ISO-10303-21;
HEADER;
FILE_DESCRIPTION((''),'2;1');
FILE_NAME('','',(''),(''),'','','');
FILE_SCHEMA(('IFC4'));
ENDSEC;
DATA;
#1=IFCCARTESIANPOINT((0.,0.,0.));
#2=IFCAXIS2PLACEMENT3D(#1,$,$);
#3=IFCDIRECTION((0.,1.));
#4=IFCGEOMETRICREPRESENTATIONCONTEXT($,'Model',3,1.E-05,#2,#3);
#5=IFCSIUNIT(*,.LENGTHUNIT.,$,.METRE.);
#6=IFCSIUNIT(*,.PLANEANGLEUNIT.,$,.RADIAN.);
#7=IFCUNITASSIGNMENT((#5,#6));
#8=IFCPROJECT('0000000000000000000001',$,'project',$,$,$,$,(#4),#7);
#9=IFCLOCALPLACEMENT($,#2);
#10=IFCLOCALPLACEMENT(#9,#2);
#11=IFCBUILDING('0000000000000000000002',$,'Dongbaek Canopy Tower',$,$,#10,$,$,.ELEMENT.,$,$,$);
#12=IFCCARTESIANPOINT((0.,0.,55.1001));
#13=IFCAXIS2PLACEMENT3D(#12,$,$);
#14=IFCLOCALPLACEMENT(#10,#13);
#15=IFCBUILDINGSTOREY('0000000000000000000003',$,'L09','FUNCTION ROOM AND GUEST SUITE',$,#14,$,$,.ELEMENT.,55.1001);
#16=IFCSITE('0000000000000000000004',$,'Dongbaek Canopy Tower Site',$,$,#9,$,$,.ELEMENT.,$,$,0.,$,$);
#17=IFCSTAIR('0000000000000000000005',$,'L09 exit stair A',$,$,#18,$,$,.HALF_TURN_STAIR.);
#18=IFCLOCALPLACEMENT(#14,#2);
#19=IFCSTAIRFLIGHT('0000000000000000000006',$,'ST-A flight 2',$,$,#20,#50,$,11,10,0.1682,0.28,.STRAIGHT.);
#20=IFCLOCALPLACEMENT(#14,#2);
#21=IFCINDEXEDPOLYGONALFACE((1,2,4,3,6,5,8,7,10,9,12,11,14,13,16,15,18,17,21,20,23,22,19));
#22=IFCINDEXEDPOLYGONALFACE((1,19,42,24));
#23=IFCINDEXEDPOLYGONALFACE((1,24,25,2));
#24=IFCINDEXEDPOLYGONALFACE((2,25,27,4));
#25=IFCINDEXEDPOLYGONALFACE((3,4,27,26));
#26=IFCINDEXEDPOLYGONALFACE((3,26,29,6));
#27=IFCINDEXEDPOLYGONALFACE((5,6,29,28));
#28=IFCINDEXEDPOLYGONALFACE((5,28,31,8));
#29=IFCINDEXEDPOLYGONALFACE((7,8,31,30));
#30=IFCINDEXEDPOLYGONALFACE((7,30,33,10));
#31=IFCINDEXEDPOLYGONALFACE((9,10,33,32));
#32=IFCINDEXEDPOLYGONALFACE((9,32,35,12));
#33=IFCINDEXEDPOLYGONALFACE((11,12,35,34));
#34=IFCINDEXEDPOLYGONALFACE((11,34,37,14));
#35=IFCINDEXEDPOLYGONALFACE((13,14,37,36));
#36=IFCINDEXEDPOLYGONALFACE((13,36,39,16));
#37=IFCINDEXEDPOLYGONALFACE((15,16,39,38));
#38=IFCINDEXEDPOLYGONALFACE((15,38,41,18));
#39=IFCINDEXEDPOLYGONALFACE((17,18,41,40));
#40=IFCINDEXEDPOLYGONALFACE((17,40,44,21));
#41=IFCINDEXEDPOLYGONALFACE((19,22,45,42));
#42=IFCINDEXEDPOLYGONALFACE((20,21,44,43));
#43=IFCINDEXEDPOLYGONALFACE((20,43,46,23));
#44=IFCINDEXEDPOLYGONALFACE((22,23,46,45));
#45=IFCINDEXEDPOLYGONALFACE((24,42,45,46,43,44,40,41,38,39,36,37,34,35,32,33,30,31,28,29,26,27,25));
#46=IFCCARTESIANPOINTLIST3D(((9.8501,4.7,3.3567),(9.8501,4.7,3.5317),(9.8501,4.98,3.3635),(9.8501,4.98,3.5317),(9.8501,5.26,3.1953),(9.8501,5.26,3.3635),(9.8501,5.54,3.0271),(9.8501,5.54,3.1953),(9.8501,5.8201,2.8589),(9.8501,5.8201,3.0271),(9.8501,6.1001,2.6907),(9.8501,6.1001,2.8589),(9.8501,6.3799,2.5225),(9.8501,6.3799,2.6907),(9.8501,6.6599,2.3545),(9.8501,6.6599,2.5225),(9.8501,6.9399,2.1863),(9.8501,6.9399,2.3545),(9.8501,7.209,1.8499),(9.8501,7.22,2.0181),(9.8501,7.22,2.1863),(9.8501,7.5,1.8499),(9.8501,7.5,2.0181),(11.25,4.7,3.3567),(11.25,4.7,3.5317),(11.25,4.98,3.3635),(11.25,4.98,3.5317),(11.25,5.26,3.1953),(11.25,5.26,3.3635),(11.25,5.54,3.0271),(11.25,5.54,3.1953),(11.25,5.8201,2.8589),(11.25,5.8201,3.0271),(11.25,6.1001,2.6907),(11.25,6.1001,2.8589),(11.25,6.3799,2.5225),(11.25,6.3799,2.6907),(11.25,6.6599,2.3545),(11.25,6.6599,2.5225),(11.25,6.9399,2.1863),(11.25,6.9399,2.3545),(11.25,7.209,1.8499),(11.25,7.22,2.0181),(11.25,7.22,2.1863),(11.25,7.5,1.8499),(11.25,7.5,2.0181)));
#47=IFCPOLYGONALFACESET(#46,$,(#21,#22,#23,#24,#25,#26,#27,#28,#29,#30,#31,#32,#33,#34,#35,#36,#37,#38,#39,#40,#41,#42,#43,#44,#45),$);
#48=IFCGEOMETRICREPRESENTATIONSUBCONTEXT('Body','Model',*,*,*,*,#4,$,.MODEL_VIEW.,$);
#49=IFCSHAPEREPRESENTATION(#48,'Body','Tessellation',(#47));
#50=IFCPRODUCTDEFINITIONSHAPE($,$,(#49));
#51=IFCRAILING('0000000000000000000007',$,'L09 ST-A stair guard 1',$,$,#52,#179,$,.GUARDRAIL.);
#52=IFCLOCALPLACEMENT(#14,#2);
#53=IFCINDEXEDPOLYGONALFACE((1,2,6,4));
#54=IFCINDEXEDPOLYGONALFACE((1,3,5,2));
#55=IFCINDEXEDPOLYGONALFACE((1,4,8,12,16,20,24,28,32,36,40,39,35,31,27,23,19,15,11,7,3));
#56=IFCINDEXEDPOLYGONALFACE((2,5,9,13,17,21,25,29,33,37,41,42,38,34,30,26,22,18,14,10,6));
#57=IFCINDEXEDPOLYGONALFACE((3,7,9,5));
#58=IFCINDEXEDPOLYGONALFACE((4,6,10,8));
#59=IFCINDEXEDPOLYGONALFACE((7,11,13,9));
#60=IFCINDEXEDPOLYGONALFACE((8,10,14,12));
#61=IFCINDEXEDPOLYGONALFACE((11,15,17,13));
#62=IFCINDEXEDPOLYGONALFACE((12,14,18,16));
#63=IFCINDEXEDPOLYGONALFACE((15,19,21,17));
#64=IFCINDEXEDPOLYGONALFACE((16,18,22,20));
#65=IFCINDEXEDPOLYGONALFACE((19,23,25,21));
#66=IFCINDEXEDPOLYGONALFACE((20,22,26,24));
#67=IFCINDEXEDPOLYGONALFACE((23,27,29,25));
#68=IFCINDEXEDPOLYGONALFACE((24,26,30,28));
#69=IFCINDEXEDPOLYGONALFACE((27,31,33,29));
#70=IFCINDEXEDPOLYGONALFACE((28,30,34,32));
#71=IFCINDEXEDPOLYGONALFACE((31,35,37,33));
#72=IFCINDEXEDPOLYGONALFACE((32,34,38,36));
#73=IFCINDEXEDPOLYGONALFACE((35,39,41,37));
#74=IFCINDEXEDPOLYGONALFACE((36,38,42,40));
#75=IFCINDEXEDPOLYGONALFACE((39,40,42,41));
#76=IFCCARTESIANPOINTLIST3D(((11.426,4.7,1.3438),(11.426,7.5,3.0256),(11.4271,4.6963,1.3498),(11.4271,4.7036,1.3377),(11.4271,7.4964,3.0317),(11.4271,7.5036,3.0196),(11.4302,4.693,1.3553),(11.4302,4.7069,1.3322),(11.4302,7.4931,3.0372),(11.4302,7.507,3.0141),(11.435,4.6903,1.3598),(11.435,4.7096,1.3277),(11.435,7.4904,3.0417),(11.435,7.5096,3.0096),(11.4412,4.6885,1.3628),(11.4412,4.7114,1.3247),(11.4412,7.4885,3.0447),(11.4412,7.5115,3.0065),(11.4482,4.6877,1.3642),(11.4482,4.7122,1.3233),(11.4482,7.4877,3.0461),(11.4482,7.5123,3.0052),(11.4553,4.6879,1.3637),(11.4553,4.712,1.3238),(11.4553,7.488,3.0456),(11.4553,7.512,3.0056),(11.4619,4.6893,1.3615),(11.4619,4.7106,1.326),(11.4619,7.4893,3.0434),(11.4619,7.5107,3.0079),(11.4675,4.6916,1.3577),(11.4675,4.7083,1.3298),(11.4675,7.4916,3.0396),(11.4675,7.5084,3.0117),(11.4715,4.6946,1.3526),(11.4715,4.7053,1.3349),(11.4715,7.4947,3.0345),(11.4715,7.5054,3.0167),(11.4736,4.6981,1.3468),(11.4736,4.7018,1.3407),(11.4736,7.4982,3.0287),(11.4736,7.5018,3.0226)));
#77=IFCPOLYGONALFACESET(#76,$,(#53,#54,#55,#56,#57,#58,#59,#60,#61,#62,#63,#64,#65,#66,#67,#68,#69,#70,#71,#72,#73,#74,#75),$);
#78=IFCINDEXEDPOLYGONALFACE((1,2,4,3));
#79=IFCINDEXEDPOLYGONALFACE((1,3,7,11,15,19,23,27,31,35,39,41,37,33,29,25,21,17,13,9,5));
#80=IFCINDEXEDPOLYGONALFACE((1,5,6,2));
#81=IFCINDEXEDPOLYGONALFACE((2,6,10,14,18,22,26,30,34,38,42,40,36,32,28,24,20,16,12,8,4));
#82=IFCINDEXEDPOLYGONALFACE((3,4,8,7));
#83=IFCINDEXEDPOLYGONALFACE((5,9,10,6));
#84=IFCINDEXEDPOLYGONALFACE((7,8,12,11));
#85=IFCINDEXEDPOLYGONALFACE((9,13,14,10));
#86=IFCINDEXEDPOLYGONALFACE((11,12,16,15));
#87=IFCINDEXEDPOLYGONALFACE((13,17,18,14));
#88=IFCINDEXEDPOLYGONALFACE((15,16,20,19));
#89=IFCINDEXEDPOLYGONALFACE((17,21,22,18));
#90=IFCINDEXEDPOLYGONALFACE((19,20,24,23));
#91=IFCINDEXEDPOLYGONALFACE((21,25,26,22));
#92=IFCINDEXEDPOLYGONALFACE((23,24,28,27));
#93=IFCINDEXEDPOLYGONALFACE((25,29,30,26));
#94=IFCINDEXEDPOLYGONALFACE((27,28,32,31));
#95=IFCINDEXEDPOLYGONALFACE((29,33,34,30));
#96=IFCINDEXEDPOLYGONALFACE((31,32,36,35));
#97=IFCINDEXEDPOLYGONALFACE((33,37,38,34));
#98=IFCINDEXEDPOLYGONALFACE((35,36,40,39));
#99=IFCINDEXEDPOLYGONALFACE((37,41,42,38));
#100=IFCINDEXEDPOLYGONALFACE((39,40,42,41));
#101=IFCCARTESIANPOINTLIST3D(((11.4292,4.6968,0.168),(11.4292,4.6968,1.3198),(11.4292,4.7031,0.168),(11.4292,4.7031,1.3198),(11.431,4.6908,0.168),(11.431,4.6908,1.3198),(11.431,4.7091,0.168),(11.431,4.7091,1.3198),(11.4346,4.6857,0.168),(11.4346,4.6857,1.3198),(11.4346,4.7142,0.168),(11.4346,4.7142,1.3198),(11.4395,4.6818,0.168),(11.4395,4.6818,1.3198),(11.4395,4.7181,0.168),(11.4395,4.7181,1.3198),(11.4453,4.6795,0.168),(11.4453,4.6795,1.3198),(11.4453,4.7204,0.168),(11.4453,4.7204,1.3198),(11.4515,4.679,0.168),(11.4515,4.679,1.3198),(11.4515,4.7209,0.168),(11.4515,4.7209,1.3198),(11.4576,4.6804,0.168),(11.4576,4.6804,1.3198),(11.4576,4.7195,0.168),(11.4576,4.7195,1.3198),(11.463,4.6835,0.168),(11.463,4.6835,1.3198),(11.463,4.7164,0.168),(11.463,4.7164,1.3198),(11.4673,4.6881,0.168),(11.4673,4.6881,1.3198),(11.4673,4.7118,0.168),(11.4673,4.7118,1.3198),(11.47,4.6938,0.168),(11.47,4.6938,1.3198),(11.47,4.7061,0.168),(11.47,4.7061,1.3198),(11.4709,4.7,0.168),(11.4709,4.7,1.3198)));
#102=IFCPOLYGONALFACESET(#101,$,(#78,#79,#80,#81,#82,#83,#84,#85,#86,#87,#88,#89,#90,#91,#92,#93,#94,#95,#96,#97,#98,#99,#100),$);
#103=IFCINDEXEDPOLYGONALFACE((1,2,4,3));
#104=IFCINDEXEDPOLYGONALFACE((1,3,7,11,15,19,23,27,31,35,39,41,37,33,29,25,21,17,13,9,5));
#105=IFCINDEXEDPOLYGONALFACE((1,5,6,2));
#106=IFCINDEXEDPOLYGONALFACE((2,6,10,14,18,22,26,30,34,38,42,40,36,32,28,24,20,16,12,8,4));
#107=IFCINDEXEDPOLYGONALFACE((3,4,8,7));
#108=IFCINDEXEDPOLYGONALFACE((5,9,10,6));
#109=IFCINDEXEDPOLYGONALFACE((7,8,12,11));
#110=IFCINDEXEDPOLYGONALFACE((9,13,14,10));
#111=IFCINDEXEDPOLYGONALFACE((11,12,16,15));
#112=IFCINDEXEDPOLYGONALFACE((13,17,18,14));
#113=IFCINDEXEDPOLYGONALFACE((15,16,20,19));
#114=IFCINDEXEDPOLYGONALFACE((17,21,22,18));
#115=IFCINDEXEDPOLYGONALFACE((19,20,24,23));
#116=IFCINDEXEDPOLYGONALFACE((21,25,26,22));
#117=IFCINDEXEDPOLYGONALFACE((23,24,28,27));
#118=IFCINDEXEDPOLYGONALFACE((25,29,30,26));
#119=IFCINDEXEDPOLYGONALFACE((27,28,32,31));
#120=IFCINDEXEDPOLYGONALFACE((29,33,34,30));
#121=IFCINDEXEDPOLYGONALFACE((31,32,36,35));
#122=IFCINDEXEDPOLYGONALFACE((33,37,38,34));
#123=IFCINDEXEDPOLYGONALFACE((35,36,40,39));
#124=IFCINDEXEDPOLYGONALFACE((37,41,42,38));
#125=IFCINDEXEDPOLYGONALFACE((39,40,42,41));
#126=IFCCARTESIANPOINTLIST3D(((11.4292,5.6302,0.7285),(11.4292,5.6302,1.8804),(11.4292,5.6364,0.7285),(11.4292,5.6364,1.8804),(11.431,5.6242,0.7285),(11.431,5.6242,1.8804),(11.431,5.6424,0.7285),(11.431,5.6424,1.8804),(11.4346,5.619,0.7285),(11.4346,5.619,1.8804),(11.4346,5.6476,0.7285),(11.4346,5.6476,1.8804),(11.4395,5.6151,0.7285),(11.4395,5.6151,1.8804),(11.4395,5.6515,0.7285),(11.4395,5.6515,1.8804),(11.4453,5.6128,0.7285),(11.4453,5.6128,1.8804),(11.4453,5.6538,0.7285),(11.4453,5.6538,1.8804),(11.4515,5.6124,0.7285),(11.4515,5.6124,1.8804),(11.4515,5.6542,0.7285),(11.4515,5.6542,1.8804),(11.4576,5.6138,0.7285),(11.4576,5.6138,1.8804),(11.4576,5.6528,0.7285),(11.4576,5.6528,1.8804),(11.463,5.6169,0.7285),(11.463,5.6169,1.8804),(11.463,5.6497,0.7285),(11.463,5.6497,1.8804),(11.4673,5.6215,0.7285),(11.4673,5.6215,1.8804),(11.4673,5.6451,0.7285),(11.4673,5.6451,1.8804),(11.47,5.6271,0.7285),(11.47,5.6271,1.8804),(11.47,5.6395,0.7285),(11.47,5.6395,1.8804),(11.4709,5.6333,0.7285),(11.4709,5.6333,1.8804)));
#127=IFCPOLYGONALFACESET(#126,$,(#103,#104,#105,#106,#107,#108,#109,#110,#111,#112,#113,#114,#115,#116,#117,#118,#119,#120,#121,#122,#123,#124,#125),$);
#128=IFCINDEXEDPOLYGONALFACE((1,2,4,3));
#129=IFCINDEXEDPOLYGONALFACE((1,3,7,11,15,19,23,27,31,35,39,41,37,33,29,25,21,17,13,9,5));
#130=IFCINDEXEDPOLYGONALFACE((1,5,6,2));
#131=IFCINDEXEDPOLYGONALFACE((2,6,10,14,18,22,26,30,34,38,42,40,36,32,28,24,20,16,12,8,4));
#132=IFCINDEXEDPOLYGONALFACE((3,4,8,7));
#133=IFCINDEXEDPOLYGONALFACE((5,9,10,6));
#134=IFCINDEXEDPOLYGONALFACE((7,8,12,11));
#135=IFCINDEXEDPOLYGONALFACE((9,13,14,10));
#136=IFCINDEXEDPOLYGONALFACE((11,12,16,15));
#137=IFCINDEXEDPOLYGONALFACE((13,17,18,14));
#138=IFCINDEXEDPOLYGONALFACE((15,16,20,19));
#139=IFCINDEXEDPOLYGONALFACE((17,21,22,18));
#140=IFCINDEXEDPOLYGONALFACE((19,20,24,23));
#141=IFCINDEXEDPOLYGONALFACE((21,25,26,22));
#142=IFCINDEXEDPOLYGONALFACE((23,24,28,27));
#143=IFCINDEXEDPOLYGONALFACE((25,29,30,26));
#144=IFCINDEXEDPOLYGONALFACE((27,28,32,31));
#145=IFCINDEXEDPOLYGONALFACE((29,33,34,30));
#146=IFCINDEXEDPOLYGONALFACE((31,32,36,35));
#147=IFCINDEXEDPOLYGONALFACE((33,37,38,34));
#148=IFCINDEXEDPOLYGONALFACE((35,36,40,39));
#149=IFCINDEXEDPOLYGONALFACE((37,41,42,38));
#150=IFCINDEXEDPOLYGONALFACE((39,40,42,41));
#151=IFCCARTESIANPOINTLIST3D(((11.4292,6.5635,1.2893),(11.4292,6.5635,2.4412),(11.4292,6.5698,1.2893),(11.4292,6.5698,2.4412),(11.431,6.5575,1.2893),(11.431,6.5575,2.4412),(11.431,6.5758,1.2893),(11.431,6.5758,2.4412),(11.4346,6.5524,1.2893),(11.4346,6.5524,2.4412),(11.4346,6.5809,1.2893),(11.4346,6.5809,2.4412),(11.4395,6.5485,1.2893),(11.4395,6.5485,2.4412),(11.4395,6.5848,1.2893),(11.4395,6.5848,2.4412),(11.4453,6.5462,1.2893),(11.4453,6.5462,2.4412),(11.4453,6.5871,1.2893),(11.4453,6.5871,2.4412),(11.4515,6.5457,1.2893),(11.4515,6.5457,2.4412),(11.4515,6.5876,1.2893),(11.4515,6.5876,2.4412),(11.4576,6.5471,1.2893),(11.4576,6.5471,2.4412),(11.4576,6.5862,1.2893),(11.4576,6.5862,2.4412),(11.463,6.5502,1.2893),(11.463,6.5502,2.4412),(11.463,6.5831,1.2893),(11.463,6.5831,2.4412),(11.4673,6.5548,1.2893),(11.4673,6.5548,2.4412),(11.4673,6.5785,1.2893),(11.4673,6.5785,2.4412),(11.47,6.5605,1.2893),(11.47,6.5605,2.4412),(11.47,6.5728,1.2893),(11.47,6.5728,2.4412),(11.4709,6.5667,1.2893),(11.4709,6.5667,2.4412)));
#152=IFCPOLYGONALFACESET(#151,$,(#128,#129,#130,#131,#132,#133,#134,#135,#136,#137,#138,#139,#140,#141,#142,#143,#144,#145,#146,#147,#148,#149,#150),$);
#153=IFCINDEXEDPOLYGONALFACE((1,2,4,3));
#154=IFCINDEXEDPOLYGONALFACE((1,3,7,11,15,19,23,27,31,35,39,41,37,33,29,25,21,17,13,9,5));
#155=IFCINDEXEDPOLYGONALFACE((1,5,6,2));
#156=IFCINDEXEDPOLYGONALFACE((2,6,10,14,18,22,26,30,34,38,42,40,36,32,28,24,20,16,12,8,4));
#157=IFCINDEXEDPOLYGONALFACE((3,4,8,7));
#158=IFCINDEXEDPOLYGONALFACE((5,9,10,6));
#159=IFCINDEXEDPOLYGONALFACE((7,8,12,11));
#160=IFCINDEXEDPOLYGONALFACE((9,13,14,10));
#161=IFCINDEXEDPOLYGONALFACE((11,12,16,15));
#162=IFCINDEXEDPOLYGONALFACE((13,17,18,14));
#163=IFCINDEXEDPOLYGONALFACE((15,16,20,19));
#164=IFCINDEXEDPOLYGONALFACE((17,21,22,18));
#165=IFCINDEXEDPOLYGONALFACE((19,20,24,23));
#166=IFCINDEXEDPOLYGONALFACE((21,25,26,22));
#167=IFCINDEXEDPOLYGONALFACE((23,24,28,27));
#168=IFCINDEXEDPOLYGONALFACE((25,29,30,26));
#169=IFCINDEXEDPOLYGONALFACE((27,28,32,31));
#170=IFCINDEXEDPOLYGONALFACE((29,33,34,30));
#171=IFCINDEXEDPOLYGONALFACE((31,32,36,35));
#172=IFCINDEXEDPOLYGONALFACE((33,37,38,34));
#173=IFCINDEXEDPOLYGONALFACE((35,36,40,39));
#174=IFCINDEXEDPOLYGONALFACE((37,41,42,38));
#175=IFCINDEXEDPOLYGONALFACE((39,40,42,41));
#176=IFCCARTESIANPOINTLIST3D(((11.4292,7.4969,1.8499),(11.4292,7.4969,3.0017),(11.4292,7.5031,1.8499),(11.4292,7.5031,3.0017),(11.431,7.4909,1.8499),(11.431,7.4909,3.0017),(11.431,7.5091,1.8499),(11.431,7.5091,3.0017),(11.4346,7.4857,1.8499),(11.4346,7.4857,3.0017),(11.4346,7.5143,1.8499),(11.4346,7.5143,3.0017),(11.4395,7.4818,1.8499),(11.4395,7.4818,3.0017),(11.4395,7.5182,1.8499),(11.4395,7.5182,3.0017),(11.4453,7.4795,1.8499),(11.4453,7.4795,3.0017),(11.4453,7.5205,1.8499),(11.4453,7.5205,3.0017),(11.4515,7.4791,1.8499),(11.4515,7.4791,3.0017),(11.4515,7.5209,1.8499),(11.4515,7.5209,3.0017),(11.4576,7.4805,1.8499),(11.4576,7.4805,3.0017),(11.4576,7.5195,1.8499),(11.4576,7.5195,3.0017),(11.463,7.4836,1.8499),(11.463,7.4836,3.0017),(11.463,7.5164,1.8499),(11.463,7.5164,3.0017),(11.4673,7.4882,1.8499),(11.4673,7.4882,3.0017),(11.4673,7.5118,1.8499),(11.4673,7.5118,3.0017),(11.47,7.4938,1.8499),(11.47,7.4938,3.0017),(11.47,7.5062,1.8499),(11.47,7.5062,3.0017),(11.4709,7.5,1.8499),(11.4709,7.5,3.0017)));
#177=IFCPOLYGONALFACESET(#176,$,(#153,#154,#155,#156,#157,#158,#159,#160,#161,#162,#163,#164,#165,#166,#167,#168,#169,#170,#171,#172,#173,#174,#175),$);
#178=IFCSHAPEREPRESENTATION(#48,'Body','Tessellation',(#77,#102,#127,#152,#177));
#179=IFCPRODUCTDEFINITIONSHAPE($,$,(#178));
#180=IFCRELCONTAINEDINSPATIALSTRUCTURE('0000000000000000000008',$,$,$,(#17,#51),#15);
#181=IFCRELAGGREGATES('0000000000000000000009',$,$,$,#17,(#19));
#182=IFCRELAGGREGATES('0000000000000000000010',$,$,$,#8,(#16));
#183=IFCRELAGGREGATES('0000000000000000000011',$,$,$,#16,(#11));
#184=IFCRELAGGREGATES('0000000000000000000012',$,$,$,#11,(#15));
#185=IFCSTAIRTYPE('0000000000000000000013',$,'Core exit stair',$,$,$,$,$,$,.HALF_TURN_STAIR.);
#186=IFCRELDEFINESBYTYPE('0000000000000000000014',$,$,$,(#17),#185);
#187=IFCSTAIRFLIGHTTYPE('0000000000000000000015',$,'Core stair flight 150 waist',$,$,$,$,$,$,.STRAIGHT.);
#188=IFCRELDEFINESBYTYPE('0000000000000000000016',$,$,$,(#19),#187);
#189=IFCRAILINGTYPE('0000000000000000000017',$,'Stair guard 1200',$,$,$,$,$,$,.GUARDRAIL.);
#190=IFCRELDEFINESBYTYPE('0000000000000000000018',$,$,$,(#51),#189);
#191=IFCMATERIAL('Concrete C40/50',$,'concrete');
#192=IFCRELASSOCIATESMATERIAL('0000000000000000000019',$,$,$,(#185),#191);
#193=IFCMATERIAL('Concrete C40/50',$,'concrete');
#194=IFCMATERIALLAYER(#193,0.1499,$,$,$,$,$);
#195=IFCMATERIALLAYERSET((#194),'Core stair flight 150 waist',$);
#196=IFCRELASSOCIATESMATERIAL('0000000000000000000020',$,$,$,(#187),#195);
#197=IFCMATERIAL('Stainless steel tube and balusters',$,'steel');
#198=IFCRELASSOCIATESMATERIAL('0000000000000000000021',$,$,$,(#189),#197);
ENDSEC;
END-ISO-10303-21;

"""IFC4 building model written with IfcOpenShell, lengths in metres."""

from ifc_helpers import new_model, si_unit, direction, frame, origin, origin_2d, place, context, subcontext, project, spatial, polyline, circle, outline, extrude, material, layer, layer_set, type_object, element, aggregate, save


model = new_model("IFC4")

# Units and contexts
model_context = context("Model", 3, precision=1e-05, world=origin(), true_north=direction((0.0, 1.0)))
body_context = subcontext(model_context, "Body", "Model", "MODEL_VIEW")
ifc_project = project(units=[si_unit("LENGTHUNIT", "METRE"), si_unit("PLANEANGLEUNIT", "RADIAN")], contexts=[model_context])

# Site, building, storey
site_placement = place(None, origin())
site = spatial("IfcSite", under=ifc_project, at=site_placement, Name="Dongbaek Canopy Tower Site", CompositionType="ELEMENT", RefElevation=0.0)
building_placement = place(site_placement, origin())
building = spatial("IfcBuilding", under=site, at=building_placement, Name="Dongbaek Canopy Tower", CompositionType="ELEMENT")
storey_placement = place(building_placement, frame((0.0, 0.0, 55.1001)))
storey = spatial("IfcBuildingStorey", under=building, at=storey_placement, Name="L09", Description="FUNCTION ROOM AND GUEST SUITE", CompositionType="ELEMENT", Elevation=55.1001)

# Stair, stair flight
ifc_material_1 = material(Name="Concrete C40/50", Category="concrete")
stair_type = type_object("IfcStairType", Name="Core exit stair", PredefinedType="HALF_TURN_STAIR", material=ifc_material_1)
stair_placement = place(storey_placement, origin())
stair = element("IfcStair", 1, at=stair_placement, inside=storey, type_object=stair_type, Name="L09 exit stair A", PredefinedType="HALF_TURN_STAIR")
ifc_material_2 = material(Name="Concrete C40/50", Category="concrete")
ifc_layer_1 = layer(ifc_material_2, 0.1499)
ifc_layer_set_1 = layer_set([ifc_layer_1], Name="Core stair flight 150 waist")
stair_flight_type = type_object("IfcStairFlightType", Name="Core stair flight 150 waist", PredefinedType="STRAIGHT", material=ifc_layer_set_1)
stair_flight_1_placement = place(storey_placement, frame((10.55, 7.5, 1.8499), z_axis=(0.0, 0.0, 1.0), x_axis=(0.0, -1.0, 0.0)))
stair_flight_1 = element("IfcStairFlight", 2, at=stair_flight_1_placement, type_object=stair_flight_type, Name="ST-A flight 2", NumberOfRisers=11, NumberOfTreads=10, PredefinedType="STRAIGHT", RiserHeight=0.1682, TreadLength=0.28, context=body_context, shape_type="SweptSolid", body=[
    extrude(outline(polyline([(0.0, 0.0), (0.0, 0.1682), (0.28, 0.1682), (0.28, 0.3364), (0.5601, 0.3364), (0.5601, 0.5046), (0.8401, 0.5046), (0.8401, 0.6726), (1.1201, 0.6726), (1.1201, 0.8408), (1.3999, 0.8408), (1.3999, 1.009), (1.6799, 1.009), (1.6799, 1.1772), (1.96, 1.1772), (1.96, 1.3455), (2.24, 1.3455), (2.24, 1.5137), (2.52, 1.5137), (2.52, 1.6819), (2.8, 1.6819), (2.8, 1.8501), (2.8, 1.5068), (0.291, 0.0), (0.0, 0.0)])), frame((0.0, 0.7, 0.0), z_axis=(0.0, -1.0, 0.0), x_axis=(1.0, 0.0, 0.0)), (0.0, 0.0, 1.0), 1.3999),
])
aggregate(stair, [stair_flight_1])

# Railing
ifc_material_3 = material(Name="Stainless steel tube and balusters", Category="steel")
railing_type_1 = type_object("IfcRailingType", Name="Stair guard 1200", PredefinedType="GUARDRAIL", material=ifc_material_3)
railing_1_placement = place(storey_placement, frame((11.45, 4.7, 0.168)))
element("IfcRailing", 3, at=railing_1_placement, inside=storey, type_object=railing_type_1, Name="L09 ST-A stair guard 1", PredefinedType="GUARDRAIL", context=body_context, shape_type="SweptSolid", body=[
    extrude(circle(Radius=0.0239, at=origin_2d()), frame((0.0, 0.0, 1.1758), z_axis=(0.0, 0.857242, 0.514913), x_axis=(-1.0, 0.0, 0.0)), (0.0, 0.0, 1.0), 3.2664),
    extrude(circle(Radius=0.021, at=origin_2d()), origin(), (0.0, 0.0, 1.0), 1.1519),
    extrude(circle(Radius=0.021, at=origin_2d()), frame((0.0, 0.9333, 0.5605)), (0.0, 0.0, 1.0), 1.1519),
    extrude(circle(Radius=0.021, at=origin_2d()), frame((0.0, 1.8667, 1.1213)), (0.0, 0.0, 1.0), 1.1519),
    extrude(circle(Radius=0.021, at=origin_2d()), frame((0.0, 2.8, 1.6819)), (0.0, 0.0, 1.0), 1.1519),
])

save(model, "model.ifc")
